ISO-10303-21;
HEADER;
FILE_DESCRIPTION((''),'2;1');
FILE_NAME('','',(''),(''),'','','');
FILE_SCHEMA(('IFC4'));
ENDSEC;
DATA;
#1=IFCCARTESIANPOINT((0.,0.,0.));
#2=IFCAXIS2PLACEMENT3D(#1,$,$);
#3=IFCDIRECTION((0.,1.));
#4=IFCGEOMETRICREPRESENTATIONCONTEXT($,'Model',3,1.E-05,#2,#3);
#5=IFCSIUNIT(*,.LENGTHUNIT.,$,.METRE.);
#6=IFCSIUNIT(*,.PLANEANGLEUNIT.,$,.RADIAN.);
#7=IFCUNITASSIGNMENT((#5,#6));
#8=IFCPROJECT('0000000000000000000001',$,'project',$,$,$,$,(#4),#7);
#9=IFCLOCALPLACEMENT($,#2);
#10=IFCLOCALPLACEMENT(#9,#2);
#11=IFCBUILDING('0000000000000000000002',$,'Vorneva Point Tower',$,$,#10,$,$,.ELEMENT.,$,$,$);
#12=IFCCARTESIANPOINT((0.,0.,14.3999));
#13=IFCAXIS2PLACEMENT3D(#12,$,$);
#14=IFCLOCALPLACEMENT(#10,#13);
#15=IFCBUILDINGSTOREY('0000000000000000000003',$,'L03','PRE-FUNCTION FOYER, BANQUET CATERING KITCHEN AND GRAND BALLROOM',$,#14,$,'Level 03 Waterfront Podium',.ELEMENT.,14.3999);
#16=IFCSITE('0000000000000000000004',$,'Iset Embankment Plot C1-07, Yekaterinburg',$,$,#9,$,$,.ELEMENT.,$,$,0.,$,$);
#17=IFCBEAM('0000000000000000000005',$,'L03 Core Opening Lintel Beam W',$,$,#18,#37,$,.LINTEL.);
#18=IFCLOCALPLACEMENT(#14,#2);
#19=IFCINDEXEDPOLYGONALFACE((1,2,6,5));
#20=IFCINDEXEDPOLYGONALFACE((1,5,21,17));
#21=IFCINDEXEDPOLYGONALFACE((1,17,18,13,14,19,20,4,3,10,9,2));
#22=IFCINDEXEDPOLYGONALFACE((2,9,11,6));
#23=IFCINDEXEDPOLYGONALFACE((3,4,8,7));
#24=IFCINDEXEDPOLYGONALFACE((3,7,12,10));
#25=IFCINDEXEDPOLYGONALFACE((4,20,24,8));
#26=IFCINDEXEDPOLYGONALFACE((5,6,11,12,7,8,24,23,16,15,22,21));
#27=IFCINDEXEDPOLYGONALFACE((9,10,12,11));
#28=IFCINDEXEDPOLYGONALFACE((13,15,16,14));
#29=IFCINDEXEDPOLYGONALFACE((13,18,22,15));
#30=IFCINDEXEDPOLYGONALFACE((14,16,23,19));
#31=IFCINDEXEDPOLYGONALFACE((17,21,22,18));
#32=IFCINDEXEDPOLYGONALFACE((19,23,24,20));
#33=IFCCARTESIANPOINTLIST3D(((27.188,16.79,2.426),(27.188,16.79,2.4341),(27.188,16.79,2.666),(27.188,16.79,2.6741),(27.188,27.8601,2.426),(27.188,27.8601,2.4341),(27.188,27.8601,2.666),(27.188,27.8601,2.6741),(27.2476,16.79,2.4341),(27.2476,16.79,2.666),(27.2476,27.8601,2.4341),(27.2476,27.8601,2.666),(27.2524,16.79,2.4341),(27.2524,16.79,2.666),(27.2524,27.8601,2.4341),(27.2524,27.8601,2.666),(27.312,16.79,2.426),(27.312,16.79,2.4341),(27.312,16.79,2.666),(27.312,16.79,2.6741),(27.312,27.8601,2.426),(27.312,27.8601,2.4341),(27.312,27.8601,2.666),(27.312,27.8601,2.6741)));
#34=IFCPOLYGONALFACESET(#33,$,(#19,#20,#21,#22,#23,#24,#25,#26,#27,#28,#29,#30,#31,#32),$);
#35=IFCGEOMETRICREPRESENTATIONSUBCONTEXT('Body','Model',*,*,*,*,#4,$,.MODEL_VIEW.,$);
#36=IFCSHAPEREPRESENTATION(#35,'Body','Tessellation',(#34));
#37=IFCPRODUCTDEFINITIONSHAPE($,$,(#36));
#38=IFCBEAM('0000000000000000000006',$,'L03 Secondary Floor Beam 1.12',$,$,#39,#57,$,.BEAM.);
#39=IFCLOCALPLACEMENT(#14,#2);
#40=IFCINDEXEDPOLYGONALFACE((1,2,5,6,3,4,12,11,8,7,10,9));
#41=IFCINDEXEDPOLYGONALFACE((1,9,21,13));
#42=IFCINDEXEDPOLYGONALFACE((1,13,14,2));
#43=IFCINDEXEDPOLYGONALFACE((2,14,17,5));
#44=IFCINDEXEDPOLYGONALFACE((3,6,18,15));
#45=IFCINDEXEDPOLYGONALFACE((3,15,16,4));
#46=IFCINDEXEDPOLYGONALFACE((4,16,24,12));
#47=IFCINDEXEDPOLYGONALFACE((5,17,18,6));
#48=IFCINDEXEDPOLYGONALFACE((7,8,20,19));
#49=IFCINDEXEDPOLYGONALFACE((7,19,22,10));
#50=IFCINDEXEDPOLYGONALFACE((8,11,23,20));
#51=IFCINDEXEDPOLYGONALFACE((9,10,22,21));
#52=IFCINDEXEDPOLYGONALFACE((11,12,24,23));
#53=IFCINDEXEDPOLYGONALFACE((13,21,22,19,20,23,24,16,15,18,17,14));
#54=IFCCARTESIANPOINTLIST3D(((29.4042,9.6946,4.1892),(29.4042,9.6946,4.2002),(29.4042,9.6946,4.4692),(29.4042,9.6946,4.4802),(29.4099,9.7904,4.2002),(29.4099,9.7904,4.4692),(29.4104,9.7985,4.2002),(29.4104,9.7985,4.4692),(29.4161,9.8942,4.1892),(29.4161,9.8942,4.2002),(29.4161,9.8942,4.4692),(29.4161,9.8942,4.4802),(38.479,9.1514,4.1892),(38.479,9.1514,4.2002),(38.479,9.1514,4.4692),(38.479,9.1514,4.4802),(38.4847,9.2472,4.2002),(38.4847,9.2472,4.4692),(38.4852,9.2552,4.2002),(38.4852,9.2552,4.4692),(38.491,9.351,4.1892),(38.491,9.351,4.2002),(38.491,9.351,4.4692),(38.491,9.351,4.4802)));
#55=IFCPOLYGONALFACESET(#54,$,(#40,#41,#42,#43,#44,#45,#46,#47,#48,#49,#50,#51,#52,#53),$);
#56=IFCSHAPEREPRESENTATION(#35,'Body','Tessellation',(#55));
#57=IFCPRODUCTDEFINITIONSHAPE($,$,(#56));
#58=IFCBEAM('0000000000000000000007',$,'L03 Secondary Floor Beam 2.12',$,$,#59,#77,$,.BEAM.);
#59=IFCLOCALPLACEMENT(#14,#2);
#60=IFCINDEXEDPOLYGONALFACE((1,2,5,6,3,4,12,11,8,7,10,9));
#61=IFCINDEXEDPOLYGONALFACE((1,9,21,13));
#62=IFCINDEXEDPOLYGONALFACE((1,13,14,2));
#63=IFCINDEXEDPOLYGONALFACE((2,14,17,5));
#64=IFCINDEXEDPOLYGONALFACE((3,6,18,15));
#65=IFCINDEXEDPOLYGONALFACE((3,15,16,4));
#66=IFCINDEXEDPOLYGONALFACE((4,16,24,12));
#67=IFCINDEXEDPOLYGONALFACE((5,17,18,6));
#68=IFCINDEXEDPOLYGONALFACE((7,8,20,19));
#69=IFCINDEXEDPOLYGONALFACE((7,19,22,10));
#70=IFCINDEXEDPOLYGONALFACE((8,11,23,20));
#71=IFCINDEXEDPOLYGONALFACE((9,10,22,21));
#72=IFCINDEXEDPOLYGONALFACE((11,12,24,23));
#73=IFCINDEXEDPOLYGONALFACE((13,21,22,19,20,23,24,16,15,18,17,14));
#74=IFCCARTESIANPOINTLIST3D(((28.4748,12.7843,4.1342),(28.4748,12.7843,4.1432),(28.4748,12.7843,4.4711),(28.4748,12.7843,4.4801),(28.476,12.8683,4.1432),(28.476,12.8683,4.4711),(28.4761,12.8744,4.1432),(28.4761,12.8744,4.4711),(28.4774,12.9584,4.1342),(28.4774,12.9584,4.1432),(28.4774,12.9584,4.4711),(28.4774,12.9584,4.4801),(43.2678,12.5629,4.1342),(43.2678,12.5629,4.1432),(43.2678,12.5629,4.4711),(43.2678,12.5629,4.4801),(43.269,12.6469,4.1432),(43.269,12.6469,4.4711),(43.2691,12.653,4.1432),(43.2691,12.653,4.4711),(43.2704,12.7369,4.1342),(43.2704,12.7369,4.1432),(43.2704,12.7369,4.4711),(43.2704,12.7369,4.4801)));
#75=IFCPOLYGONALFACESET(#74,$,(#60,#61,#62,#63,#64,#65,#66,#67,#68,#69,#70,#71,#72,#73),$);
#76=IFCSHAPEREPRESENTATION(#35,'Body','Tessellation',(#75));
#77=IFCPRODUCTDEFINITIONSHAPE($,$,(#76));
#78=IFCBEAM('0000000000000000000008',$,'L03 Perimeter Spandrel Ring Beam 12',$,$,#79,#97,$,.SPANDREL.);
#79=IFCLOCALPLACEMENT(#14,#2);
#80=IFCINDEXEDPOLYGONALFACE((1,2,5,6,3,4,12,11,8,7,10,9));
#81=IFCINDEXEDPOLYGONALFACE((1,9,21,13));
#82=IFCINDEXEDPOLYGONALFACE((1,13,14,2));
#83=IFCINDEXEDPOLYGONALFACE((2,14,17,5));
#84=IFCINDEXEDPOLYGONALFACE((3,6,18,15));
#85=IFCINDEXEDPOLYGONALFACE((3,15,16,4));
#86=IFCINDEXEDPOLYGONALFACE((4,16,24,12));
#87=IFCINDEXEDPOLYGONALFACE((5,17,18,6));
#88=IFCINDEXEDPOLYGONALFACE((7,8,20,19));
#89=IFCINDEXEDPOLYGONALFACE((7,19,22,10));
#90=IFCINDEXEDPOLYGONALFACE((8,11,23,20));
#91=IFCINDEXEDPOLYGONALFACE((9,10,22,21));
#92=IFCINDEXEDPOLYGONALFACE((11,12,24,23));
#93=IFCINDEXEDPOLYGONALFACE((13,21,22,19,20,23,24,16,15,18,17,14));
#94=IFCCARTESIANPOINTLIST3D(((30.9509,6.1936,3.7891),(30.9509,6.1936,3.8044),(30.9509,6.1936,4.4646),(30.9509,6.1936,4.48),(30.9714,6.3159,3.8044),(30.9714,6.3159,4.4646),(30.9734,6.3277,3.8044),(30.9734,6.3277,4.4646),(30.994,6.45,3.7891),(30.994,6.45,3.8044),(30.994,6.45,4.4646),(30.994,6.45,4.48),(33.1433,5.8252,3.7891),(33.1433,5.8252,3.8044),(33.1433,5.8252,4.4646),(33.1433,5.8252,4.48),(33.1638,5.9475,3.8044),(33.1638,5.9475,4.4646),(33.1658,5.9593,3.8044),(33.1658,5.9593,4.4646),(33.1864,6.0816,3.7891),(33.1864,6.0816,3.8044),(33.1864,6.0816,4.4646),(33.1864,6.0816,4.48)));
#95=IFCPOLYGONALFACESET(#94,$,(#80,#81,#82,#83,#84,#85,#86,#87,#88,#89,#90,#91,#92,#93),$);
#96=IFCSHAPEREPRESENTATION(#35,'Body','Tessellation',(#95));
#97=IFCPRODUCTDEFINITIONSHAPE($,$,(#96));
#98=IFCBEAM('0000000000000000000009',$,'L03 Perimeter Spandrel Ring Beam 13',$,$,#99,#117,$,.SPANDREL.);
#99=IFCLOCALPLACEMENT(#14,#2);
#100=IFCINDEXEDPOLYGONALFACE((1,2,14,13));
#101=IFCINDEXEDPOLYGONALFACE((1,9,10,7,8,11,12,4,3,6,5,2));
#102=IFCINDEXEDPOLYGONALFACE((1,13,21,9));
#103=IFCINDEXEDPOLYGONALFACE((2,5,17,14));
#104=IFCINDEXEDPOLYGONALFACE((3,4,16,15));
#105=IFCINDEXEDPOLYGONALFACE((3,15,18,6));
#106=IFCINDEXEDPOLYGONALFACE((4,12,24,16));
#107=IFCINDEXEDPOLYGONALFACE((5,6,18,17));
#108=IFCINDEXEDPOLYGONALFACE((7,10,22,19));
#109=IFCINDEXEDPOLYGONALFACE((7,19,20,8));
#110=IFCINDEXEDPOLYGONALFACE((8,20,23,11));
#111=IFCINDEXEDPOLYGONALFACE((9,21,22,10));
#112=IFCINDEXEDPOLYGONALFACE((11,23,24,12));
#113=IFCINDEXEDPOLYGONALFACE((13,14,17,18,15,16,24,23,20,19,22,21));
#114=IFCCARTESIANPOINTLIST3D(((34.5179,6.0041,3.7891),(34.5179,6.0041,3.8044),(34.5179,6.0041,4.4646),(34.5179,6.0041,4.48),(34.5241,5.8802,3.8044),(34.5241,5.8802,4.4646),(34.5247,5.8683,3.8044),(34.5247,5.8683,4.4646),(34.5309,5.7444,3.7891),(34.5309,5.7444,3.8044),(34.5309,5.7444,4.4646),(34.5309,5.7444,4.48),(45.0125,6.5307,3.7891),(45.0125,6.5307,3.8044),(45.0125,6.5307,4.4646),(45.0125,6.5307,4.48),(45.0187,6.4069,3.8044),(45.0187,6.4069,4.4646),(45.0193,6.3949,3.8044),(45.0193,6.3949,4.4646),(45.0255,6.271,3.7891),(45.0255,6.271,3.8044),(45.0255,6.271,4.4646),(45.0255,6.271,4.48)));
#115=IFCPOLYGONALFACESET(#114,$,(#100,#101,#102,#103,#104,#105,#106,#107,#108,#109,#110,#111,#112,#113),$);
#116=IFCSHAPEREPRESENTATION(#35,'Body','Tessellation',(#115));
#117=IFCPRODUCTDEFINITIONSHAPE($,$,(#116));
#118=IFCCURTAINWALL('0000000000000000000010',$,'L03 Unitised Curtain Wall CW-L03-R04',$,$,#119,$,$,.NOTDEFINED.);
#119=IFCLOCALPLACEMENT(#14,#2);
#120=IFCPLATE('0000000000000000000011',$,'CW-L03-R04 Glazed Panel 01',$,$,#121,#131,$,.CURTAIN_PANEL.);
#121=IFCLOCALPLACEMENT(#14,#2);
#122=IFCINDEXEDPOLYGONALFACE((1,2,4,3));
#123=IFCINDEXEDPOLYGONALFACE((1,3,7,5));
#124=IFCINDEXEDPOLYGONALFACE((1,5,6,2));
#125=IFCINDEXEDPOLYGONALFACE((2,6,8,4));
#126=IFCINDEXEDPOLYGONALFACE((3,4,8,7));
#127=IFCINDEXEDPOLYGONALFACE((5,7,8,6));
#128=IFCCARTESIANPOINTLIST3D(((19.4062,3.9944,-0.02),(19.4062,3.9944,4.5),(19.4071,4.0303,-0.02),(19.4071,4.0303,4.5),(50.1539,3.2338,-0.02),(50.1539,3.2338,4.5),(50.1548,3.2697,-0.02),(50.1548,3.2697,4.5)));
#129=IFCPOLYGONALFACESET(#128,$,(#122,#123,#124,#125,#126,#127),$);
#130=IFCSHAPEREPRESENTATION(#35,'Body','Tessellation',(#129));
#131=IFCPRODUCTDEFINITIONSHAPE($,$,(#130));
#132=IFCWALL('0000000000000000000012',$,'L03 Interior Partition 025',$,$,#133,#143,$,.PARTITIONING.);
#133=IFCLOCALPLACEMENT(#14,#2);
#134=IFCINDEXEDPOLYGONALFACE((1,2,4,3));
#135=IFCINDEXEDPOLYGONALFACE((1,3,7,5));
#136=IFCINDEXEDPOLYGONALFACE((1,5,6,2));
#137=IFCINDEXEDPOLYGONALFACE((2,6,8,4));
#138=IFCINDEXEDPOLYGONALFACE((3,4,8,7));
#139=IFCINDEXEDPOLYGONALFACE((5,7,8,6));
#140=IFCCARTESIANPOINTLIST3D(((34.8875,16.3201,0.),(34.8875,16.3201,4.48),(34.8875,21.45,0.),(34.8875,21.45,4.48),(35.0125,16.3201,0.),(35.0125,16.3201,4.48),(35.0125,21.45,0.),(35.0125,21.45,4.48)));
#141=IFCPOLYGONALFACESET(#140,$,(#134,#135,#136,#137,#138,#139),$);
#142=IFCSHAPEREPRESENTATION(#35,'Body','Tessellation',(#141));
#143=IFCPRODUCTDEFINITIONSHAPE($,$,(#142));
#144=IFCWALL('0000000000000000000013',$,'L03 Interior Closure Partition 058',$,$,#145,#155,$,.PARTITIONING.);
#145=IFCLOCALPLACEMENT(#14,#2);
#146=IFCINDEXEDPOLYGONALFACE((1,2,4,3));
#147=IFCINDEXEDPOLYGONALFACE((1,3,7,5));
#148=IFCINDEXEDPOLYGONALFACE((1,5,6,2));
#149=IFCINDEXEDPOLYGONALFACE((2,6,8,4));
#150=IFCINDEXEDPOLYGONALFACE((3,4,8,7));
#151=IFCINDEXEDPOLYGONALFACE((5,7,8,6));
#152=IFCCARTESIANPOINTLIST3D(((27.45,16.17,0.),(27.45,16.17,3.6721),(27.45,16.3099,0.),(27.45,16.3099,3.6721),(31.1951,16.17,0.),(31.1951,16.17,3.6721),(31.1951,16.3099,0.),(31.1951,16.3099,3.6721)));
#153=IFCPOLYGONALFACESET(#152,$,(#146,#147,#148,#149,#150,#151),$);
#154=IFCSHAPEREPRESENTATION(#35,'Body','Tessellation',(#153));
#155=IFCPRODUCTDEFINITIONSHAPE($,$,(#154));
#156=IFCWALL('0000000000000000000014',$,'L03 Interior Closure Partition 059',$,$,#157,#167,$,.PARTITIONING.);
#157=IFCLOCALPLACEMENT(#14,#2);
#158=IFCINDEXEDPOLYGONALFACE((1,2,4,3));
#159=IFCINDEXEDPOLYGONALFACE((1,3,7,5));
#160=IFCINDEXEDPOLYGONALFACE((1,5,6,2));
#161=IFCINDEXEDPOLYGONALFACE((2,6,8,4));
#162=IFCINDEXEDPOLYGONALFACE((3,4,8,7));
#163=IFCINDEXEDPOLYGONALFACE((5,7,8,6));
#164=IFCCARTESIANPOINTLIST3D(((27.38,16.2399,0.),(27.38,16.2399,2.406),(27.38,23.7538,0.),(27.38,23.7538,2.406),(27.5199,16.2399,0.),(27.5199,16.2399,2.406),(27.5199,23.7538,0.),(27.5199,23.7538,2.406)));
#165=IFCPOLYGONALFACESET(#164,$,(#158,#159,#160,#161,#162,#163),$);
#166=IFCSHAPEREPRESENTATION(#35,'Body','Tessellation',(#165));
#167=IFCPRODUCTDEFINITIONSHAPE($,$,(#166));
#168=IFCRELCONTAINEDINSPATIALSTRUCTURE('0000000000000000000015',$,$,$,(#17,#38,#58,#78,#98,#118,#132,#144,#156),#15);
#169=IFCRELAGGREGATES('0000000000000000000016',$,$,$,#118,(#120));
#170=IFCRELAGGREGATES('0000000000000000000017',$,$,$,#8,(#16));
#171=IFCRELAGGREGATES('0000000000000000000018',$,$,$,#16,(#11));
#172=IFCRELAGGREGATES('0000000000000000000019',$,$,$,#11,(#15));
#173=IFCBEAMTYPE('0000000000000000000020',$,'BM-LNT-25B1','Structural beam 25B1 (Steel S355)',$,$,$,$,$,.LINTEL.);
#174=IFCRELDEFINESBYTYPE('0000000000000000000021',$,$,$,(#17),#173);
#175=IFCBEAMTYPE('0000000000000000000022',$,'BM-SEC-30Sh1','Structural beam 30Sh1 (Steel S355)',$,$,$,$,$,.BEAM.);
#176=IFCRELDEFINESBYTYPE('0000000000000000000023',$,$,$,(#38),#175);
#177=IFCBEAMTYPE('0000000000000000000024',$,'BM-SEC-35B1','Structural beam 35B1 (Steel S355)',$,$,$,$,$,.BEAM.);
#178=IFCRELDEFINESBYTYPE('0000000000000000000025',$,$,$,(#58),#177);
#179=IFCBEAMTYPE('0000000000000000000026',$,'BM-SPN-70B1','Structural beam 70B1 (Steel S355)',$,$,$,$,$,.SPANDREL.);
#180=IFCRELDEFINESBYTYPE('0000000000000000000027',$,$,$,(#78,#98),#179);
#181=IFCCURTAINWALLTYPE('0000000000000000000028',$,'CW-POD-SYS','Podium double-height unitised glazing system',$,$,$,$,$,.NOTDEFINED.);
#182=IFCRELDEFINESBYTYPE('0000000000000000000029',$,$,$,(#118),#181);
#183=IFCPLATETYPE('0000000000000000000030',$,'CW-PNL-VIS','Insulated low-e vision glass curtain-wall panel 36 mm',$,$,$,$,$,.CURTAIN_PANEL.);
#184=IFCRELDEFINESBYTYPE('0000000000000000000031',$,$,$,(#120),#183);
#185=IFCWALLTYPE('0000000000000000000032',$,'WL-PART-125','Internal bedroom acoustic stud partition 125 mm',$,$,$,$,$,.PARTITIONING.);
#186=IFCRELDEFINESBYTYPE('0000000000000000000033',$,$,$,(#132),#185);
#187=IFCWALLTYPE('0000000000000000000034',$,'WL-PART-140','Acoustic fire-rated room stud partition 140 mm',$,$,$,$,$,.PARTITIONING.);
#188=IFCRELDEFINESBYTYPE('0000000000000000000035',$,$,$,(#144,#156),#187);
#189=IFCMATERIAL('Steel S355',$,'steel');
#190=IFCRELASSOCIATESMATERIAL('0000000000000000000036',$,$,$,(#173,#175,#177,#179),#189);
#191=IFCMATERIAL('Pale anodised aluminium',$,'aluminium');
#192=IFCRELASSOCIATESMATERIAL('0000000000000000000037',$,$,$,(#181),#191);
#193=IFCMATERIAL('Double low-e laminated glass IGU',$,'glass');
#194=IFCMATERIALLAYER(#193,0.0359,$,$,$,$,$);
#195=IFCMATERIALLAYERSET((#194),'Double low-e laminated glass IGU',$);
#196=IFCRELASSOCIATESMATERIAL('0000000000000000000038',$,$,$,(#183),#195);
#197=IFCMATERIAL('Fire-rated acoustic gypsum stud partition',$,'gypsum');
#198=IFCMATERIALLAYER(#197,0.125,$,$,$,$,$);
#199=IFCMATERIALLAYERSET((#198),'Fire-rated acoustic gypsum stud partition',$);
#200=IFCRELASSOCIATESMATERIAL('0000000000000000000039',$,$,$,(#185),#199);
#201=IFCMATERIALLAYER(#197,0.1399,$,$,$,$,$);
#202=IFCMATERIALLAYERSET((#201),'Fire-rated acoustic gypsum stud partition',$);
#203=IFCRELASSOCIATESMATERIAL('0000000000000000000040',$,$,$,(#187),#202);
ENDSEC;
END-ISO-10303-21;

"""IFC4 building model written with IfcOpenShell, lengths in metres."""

from ifc_helpers import new_model, si_unit, direction, frame, frame_2d, origin, origin_2d, place, context, subcontext, project, spatial, rectangle, i_section, extrude, material, layer, layer_set, material_profile, profile_set, type_object, element, aggregate, save


model = new_model("IFC4")

# Units and contexts
model_context = context("Model", 3, precision=1e-05, world=origin(), true_north=direction((0.0, 1.0)))
body_context = subcontext(model_context, "Body", "Model", "MODEL_VIEW")
ifc_project = project(units=[si_unit("LENGTHUNIT", "METRE"), si_unit("PLANEANGLEUNIT", "RADIAN")], contexts=[model_context])

# Site, building, storey
site_placement = place(None, origin())
site = spatial("IfcSite", under=ifc_project, at=site_placement, Name="Iset Embankment Plot C1-07, Yekaterinburg", CompositionType="ELEMENT", RefElevation=0.0)
building_placement = place(site_placement, origin())
building = spatial("IfcBuilding", under=site, at=building_placement, Name="Vorneva Point Tower", CompositionType="ELEMENT")
storey_placement = place(building_placement, frame((0.0, 0.0, 14.3999)))
storey = spatial("IfcBuildingStorey", under=building, at=storey_placement, Name="L03", Description="PRE-FUNCTION FOYER, BANQUET CATERING KITCHEN AND GRAND BALLROOM", LongName="Level 03 Waterfront Podium", CompositionType="ELEMENT", Elevation=14.3999)

# Beams
ifc_material_1 = material(Name="Steel S355", Category="steel")
ifc_material_profile_1 = material_profile(ifc_material_1, i_section(OverallWidth=0.124, OverallDepth=0.248, WebThickness=0.0049, FlangeThickness=0.0081, at=origin_2d()), Name="25B1")
ifc_profile_set_1 = profile_set([ifc_material_profile_1], Name="Steel S355")
beam_type_1 = type_object("IfcBeamType", Name="BM-LNT-25B1", Description="Structural beam 25B1 (Steel S355)", PredefinedType="LINTEL", material=ifc_profile_set_1)
beam_1_placement = place(storey_placement, frame((27.25, 16.79, 2.55), z_axis=(0.0, 1.0, 0.0), x_axis=(-1.0, 0.0, 0.0)))
element("IfcBeam", 1, at=beam_1_placement, inside=storey, type_object=beam_type_1, Name="L03 Core Opening Lintel Beam W", PredefinedType="LINTEL", context=body_context, shape_type="SweptSolid", body=[
    extrude(i_section(OverallWidth=0.124, OverallDepth=0.248, WebThickness=0.0049, FlangeThickness=0.0081, at=origin_2d()), origin(), (0.0, 0.0, 1.0), 11.0701),
])
ifc_material_profile_2 = material_profile(ifc_material_1, i_section(OverallWidth=0.2, OverallDepth=0.291, WebThickness=0.0081, FlangeThickness=0.011, at=origin_2d()), Name="30Sh1")
ifc_profile_set_2 = profile_set([ifc_material_profile_2], Name="Steel S355")
beam_type_2 = type_object("IfcBeamType", Name="BM-SEC-30Sh1", Description="Structural beam 30Sh1 (Steel S355)", PredefinedType="BEAM", material=ifc_profile_set_2)
beam_2_placement = place(storey_placement, frame((29.4102, 9.7944, 4.3347), z_axis=(0.998213, -0.059753, 0.0), x_axis=(0.059753, 0.998213, 0.0)))
element("IfcBeam", 2, at=beam_2_placement, inside=storey, type_object=beam_type_2, Name="L03 Secondary Floor Beam 1.12", PredefinedType="BEAM", context=body_context, shape_type="SweptSolid", body=[
    extrude(i_section(OverallWidth=0.2, OverallDepth=0.291, WebThickness=0.0081, FlangeThickness=0.011, at=origin_2d()), origin(), (0.0, 0.0, 1.0), 9.0911),
])
ifc_material_profile_3 = material_profile(ifc_material_1, i_section(OverallWidth=0.1741, OverallDepth=0.3459, WebThickness=0.0061, FlangeThickness=0.009, at=origin_2d()), Name="35B1")
ifc_profile_set_3 = profile_set([ifc_material_profile_3], Name="Steel S355")
beam_type_3 = type_object("IfcBeamType", Name="BM-SEC-35B1", Description="Structural beam 35B1 (Steel S355)", PredefinedType="BEAM", material=ifc_profile_set_3)
beam_3_placement = place(storey_placement, frame((28.4761, 12.8713, 4.3071), z_axis=(0.999888, -0.014967, 0.0), x_axis=(0.014967, 0.999888, 0.0)))
element("IfcBeam", 3, at=beam_3_placement, inside=storey, type_object=beam_type_3, Name="L03 Secondary Floor Beam 2.12", PredefinedType="BEAM", context=body_context, shape_type="SweptSolid", body=[
    extrude(i_section(OverallWidth=0.1741, OverallDepth=0.3459, WebThickness=0.0061, FlangeThickness=0.009, at=origin_2d()), origin(), (0.0, 0.0, 1.0), 14.7947),
])
ifc_material_profile_4 = material_profile(ifc_material_1, i_section(OverallWidth=0.26, OverallDepth=0.6909, WebThickness=0.012, FlangeThickness=0.0154, at=origin_2d()), Name="70B1")
ifc_profile_set_4 = profile_set([ifc_material_profile_4], Name="Steel S355")
beam_type_4 = type_object("IfcBeamType", Name="BM-SPN-70B1", Description="Structural beam 70B1 (Steel S355)", PredefinedType="SPANDREL", material=ifc_profile_set_4)
beam_4_placement = place(storey_placement, frame((30.9724, 6.3218, 4.1345), z_axis=(0.986173, -0.165717, 0.0), x_axis=(0.165717, 0.986173, 0.0)))
element("IfcBeam", 4, at=beam_4_placement, inside=storey, type_object=beam_type_4, Name="L03 Perimeter Spandrel Ring Beam 12", PredefinedType="SPANDREL", context=body_context, shape_type="SweptSolid", body=[
    extrude(i_section(OverallWidth=0.26, OverallDepth=0.6909, WebThickness=0.012, FlangeThickness=0.0154, at=origin_2d()), origin(), (0.0, 0.0, 1.0), 2.2231),
])
beam_5_placement = place(storey_placement, frame((34.5244, 5.8743, 4.1345), z_axis=(0.998743, 0.050116, 0.0), x_axis=(-0.050116, 0.998743, 0.0)))
element("IfcBeam", 5, at=beam_5_placement, inside=storey, type_object=beam_type_4, Name="L03 Perimeter Spandrel Ring Beam 13", PredefinedType="SPANDREL", context=body_context, shape_type="SweptSolid", body=[
    extrude(i_section(OverallWidth=0.26, OverallDepth=0.6909, WebThickness=0.012, FlangeThickness=0.0154, at=origin_2d()), origin(), (0.0, 0.0, 1.0), 10.5078),
])

# Curtain wall, plate
ifc_material_2 = material(Name="Pale anodised aluminium", Category="aluminium")
curtain_wall_type = type_object("IfcCurtainWallType", Name="CW-POD-SYS", Description="Podium double-height unitised glazing system", PredefinedType="NOTDEFINED", material=ifc_material_2)
curtain_wall_placement = place(storey_placement, origin())
curtain_wall = element("IfcCurtainWall", 6, at=curtain_wall_placement, inside=storey, type_object=curtain_wall_type, Name="L03 Unitised Curtain Wall CW-L03-R04", PredefinedType="NOTDEFINED")
ifc_material_3 = material(Name="Double low-e laminated glass IGU", Category="glass")
ifc_layer_1 = layer(ifc_material_3, 0.0359)
ifc_layer_set_1 = layer_set([ifc_layer_1], Name="Double low-e laminated glass IGU")
plate_type = type_object("IfcPlateType", Name="CW-PNL-VIS", Description="Insulated low-e vision glass curtain-wall panel 36 mm", PredefinedType="CURTAIN_PANEL", material=ifc_layer_set_1)
plate_placement = place(storey_placement, frame((34.7805, 3.6321, -0.02), z_axis=(0.0, 0.0, 1.0), x_axis=(0.999694, -0.024729, 0.0)))
plate = element("IfcPlate", 7, at=plate_placement, type_object=plate_type, Name="CW-L03-R04 Glazed Panel 01", PredefinedType="CURTAIN_PANEL", context=body_context, shape_type="SweptSolid", body=[
    extrude(rectangle(XDim=30.7571, YDim=0.0359, at=origin_2d()), origin(), (0.0, 0.0, 1.0), 4.52),
])
aggregate(curtain_wall, [plate])

# Walls
ifc_material_4 = material(Name="Fire-rated acoustic gypsum stud partition", Category="gypsum")
ifc_layer_2 = layer(ifc_material_4, 0.125)
ifc_layer_set_2 = layer_set([ifc_layer_2], Name="Fire-rated acoustic gypsum stud partition")
wall_type_1 = type_object("IfcWallType", Name="WL-PART-125", Description="Internal bedroom acoustic stud partition 125 mm", PredefinedType="PARTITIONING", material=ifc_layer_set_2)
wall_1_placement = place(storey_placement, frame((34.95, 16.3201, 0.0), z_axis=(0.0, 0.0, 1.0), x_axis=(0.0, 1.0, 0.0)))
element("IfcWall", 8, at=wall_1_placement, inside=storey, type_object=wall_type_1, Name="L03 Interior Partition 025", PredefinedType="PARTITIONING", context=body_context, shape_type="SweptSolid", body=[
    extrude(rectangle(XDim=5.1299, YDim=0.125, at=frame_2d((2.5649, 0.0))), origin(), (0.0, 0.0, 1.0), 4.48),
])
ifc_layer_3 = layer(ifc_material_4, 0.1399)
ifc_layer_set_3 = layer_set([ifc_layer_3], Name="Fire-rated acoustic gypsum stud partition")
wall_type_2 = type_object("IfcWallType", Name="WL-PART-140", Description="Acoustic fire-rated room stud partition 140 mm", PredefinedType="PARTITIONING", material=ifc_layer_set_3)
wall_2_placement = place(storey_placement, frame((31.1951, 16.24, 0.0), z_axis=(0.0, 0.0, 1.0), x_axis=(-1.0, 0.0, 0.0)))
element("IfcWall", 9, at=wall_2_placement, inside=storey, type_object=wall_type_2, Name="L03 Interior Closure Partition 058", PredefinedType="PARTITIONING", context=body_context, shape_type="SweptSolid", body=[
    extrude(rectangle(XDim=3.7451, YDim=0.1399, at=frame_2d((1.8726, 0.0))), origin(), (0.0, 0.0, 1.0), 3.6721),
])
wall_3_placement = place(storey_placement, frame((27.45, 16.24, 0.0), z_axis=(0.0, 0.0, 1.0), x_axis=(0.0, 1.0, 0.0)))
element("IfcWall", 10, at=wall_3_placement, inside=storey, type_object=wall_type_2, Name="L03 Interior Closure Partition 059", PredefinedType="PARTITIONING", context=body_context, shape_type="SweptSolid", body=[
    extrude(rectangle(XDim=7.5139, YDim=0.1399, at=frame_2d((3.7568, 0.0))), origin(), (0.0, 0.0, 1.0), 2.406),
])

save(model, "model.ifc")
